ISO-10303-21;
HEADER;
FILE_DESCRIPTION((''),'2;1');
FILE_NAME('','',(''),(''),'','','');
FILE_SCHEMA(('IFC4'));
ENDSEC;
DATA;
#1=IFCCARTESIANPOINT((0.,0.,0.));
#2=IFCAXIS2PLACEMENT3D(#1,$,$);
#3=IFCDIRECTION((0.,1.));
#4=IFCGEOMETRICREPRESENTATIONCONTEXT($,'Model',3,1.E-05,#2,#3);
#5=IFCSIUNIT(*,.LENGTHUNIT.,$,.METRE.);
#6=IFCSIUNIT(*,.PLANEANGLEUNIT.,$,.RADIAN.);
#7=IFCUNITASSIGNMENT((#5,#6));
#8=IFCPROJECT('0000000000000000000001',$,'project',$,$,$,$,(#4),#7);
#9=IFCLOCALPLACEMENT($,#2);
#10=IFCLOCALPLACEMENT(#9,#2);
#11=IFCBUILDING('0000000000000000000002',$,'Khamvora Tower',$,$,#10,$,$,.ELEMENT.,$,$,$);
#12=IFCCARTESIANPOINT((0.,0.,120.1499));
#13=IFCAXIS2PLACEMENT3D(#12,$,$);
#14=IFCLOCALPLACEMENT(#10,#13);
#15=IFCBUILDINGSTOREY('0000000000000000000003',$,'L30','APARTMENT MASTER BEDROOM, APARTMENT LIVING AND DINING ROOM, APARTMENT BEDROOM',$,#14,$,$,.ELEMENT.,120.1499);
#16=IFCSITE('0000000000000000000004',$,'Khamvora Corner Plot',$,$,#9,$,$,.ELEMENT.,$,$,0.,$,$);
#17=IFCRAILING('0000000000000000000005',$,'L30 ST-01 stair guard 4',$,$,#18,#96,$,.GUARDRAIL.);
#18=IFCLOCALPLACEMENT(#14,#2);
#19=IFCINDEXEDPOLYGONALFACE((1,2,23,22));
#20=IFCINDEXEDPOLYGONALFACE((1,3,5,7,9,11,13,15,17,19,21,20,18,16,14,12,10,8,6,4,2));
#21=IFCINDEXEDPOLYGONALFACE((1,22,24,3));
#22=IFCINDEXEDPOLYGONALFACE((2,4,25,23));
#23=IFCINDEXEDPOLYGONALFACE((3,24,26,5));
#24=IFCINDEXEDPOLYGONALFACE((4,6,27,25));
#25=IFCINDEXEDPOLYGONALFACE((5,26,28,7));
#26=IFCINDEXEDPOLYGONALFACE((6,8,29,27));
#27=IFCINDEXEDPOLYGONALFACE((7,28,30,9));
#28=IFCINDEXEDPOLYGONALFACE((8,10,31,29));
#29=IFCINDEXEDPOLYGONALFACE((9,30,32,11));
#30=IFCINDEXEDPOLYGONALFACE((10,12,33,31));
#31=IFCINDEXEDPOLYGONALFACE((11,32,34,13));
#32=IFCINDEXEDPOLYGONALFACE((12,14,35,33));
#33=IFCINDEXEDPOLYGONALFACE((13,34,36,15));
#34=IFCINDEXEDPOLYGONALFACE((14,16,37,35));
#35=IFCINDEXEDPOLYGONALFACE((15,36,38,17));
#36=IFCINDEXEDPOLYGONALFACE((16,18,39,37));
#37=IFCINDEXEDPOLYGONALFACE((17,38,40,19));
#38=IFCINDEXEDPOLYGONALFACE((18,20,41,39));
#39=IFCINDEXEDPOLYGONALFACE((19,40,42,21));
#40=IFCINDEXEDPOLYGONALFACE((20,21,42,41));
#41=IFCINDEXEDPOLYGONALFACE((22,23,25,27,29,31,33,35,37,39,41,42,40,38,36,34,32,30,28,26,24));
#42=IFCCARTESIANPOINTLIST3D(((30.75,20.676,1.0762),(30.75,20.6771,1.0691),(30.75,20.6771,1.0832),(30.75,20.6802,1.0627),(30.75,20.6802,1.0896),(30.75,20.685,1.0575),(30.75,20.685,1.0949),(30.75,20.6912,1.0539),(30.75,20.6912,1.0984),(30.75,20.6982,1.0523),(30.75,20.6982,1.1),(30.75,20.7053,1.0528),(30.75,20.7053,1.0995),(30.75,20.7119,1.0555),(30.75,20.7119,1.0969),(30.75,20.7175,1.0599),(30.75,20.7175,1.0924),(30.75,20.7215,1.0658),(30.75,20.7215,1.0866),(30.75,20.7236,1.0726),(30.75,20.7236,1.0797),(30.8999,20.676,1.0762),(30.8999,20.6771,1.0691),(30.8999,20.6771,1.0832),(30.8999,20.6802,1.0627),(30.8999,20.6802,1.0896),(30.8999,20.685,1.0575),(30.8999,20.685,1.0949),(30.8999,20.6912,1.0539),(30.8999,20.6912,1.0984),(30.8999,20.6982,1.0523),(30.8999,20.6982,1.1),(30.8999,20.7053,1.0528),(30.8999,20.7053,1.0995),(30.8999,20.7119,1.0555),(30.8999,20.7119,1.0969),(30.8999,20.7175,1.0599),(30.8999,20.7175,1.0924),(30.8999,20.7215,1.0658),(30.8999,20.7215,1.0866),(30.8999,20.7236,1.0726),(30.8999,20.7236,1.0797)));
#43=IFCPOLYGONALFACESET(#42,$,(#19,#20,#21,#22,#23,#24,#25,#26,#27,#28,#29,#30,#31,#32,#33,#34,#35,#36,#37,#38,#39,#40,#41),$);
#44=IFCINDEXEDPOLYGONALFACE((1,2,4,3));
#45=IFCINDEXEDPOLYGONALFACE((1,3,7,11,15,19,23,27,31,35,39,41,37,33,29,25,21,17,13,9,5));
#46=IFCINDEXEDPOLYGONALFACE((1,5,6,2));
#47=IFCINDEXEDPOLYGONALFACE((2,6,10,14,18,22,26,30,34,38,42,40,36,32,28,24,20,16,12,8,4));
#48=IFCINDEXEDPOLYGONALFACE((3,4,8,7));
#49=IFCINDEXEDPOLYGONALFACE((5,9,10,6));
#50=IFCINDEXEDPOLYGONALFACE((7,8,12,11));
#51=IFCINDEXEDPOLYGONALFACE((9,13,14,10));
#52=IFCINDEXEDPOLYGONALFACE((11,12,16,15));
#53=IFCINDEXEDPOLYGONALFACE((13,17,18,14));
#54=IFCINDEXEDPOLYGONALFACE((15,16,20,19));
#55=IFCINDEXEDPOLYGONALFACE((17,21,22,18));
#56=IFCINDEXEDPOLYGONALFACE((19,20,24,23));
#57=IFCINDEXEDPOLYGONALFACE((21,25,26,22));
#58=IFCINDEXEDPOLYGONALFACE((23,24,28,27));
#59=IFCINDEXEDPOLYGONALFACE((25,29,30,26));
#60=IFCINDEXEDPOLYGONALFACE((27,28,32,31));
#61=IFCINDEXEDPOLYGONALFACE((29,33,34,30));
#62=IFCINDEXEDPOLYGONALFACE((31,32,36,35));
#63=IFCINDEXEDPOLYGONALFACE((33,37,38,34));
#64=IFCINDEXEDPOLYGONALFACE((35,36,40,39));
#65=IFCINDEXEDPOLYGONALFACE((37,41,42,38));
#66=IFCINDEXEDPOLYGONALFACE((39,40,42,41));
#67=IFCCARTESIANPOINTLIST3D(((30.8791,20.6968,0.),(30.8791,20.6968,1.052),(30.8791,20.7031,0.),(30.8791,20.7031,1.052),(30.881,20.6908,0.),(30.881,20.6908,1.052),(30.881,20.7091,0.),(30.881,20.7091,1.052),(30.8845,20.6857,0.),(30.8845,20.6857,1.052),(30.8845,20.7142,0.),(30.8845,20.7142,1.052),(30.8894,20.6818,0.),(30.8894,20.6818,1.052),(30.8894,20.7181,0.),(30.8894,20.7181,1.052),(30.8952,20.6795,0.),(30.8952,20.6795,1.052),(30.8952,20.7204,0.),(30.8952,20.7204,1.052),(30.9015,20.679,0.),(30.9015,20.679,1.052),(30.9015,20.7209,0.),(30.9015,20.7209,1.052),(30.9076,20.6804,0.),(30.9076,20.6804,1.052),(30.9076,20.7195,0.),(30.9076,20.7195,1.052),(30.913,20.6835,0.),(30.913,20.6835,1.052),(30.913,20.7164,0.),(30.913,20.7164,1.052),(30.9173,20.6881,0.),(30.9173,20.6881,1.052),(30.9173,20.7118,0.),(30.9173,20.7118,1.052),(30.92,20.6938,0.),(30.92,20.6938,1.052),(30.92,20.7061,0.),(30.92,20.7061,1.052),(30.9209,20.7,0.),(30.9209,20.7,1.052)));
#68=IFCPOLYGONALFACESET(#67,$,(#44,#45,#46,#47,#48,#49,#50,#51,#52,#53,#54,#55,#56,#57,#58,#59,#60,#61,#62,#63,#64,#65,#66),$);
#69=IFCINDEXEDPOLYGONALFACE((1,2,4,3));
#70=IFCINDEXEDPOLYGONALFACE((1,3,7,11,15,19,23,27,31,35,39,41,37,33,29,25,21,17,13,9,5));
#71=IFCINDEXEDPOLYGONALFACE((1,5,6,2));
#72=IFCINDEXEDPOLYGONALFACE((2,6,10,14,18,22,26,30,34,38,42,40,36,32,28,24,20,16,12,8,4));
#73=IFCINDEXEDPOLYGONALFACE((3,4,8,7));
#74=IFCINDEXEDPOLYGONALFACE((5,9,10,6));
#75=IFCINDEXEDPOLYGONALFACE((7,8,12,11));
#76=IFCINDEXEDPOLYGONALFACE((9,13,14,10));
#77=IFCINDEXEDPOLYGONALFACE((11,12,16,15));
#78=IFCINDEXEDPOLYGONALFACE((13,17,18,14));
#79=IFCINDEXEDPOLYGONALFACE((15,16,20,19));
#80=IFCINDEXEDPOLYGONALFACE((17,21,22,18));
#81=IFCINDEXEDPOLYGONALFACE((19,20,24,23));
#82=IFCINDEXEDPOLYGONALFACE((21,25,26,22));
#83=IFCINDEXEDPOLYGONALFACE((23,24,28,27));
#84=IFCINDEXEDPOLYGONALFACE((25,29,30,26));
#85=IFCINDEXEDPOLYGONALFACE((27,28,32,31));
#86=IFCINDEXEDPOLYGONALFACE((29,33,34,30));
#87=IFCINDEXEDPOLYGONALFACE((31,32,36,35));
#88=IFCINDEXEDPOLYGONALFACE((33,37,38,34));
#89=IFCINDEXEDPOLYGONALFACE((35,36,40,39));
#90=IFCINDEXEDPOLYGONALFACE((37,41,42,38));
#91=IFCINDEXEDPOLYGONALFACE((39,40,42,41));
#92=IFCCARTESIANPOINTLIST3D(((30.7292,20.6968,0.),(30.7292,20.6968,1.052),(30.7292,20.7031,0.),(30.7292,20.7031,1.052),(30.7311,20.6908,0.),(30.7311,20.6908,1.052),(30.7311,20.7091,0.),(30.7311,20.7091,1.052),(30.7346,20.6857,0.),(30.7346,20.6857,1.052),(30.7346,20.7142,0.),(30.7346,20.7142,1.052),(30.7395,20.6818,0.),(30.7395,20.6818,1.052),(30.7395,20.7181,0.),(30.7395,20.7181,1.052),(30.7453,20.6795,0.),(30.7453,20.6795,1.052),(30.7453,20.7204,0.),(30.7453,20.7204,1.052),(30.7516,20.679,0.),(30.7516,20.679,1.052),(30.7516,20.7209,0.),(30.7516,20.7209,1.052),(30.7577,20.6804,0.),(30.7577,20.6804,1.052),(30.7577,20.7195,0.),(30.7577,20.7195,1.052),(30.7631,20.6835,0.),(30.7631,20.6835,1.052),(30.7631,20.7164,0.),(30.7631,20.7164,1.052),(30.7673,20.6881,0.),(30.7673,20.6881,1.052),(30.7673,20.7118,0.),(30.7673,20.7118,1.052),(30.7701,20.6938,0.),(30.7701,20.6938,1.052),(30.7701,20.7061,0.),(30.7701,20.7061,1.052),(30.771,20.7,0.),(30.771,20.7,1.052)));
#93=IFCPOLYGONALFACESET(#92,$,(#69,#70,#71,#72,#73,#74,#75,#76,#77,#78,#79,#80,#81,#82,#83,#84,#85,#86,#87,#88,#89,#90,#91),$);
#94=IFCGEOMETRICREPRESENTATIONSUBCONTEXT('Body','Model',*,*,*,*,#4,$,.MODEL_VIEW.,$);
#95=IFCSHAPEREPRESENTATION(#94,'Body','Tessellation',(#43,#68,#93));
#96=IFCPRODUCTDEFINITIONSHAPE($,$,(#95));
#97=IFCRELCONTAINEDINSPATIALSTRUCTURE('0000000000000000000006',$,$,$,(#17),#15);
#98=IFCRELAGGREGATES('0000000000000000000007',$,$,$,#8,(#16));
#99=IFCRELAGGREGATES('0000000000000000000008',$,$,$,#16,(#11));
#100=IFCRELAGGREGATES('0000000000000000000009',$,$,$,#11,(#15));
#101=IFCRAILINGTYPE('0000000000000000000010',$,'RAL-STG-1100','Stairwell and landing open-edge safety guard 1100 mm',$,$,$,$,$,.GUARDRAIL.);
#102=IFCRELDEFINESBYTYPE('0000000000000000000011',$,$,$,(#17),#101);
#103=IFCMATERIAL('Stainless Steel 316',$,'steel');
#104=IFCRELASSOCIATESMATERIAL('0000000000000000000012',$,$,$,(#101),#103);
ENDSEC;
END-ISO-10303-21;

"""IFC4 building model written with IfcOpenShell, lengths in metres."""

from ifc_helpers import new_model, si_unit, direction, frame, origin, origin_2d, place, context, subcontext, project, spatial, circle, extrude, material, type_object, element, save


model = new_model("IFC4")

# Units and contexts
model_context = context("Model", 3, precision=1e-05, world=origin(), true_north=direction((0.0, 1.0)))
body_context = subcontext(model_context, "Body", "Model", "MODEL_VIEW")
ifc_project = project(units=[si_unit("LENGTHUNIT", "METRE"), si_unit("PLANEANGLEUNIT", "RADIAN")], contexts=[model_context])

# Site, building, storey
site_placement = place(None, origin())
site = spatial("IfcSite", under=ifc_project, at=site_placement, Name="Khamvora Corner Plot", CompositionType="ELEMENT", RefElevation=0.0)
building_placement = place(site_placement, origin())
building = spatial("IfcBuilding", under=site, at=building_placement, Name="Khamvora Tower", CompositionType="ELEMENT")
storey_placement = place(building_placement, frame((0.0, 0.0, 120.1499)))
storey = spatial("IfcBuildingStorey", under=building, at=storey_placement, Name="L30", Description="APARTMENT MASTER BEDROOM, APARTMENT LIVING AND DINING ROOM, APARTMENT BEDROOM", CompositionType="ELEMENT", Elevation=120.1499)

# Railing
ifc_material_1 = material(Name="Stainless Steel 316", Category="steel")
railing_type = type_object("IfcRailingType", Name="RAL-STG-1100", Description="Stairwell and landing open-edge safety guard 1100 mm", PredefinedType="GUARDRAIL", material=ifc_material_1)
railing_placement = place(storey_placement, frame((30.8999, 20.7, 0.0)))
element("IfcRailing", 1, at=railing_placement, inside=storey, type_object=railing_type, Name="L30 ST-01 stair guard 4", PredefinedType="GUARDRAIL", context=body_context, shape_type="SweptSolid", body=[
    extrude(circle(Radius=0.0239, at=origin_2d()), frame((0.0, 0.0, 1.0762), z_axis=(-1.0, 0.0, 0.0), x_axis=(0.0, -1.0, 0.0)), (0.0, 0.0, 1.0), 0.1499),
    extrude(circle(Radius=0.021, at=origin_2d()), origin(), (0.0, 0.0, 1.0), 1.052),
    extrude(circle(Radius=0.021, at=origin_2d()), frame((-0.1499, 0.0, 0.0)), (0.0, 0.0, 1.0), 1.052),
])

save(model, "model.ifc")
